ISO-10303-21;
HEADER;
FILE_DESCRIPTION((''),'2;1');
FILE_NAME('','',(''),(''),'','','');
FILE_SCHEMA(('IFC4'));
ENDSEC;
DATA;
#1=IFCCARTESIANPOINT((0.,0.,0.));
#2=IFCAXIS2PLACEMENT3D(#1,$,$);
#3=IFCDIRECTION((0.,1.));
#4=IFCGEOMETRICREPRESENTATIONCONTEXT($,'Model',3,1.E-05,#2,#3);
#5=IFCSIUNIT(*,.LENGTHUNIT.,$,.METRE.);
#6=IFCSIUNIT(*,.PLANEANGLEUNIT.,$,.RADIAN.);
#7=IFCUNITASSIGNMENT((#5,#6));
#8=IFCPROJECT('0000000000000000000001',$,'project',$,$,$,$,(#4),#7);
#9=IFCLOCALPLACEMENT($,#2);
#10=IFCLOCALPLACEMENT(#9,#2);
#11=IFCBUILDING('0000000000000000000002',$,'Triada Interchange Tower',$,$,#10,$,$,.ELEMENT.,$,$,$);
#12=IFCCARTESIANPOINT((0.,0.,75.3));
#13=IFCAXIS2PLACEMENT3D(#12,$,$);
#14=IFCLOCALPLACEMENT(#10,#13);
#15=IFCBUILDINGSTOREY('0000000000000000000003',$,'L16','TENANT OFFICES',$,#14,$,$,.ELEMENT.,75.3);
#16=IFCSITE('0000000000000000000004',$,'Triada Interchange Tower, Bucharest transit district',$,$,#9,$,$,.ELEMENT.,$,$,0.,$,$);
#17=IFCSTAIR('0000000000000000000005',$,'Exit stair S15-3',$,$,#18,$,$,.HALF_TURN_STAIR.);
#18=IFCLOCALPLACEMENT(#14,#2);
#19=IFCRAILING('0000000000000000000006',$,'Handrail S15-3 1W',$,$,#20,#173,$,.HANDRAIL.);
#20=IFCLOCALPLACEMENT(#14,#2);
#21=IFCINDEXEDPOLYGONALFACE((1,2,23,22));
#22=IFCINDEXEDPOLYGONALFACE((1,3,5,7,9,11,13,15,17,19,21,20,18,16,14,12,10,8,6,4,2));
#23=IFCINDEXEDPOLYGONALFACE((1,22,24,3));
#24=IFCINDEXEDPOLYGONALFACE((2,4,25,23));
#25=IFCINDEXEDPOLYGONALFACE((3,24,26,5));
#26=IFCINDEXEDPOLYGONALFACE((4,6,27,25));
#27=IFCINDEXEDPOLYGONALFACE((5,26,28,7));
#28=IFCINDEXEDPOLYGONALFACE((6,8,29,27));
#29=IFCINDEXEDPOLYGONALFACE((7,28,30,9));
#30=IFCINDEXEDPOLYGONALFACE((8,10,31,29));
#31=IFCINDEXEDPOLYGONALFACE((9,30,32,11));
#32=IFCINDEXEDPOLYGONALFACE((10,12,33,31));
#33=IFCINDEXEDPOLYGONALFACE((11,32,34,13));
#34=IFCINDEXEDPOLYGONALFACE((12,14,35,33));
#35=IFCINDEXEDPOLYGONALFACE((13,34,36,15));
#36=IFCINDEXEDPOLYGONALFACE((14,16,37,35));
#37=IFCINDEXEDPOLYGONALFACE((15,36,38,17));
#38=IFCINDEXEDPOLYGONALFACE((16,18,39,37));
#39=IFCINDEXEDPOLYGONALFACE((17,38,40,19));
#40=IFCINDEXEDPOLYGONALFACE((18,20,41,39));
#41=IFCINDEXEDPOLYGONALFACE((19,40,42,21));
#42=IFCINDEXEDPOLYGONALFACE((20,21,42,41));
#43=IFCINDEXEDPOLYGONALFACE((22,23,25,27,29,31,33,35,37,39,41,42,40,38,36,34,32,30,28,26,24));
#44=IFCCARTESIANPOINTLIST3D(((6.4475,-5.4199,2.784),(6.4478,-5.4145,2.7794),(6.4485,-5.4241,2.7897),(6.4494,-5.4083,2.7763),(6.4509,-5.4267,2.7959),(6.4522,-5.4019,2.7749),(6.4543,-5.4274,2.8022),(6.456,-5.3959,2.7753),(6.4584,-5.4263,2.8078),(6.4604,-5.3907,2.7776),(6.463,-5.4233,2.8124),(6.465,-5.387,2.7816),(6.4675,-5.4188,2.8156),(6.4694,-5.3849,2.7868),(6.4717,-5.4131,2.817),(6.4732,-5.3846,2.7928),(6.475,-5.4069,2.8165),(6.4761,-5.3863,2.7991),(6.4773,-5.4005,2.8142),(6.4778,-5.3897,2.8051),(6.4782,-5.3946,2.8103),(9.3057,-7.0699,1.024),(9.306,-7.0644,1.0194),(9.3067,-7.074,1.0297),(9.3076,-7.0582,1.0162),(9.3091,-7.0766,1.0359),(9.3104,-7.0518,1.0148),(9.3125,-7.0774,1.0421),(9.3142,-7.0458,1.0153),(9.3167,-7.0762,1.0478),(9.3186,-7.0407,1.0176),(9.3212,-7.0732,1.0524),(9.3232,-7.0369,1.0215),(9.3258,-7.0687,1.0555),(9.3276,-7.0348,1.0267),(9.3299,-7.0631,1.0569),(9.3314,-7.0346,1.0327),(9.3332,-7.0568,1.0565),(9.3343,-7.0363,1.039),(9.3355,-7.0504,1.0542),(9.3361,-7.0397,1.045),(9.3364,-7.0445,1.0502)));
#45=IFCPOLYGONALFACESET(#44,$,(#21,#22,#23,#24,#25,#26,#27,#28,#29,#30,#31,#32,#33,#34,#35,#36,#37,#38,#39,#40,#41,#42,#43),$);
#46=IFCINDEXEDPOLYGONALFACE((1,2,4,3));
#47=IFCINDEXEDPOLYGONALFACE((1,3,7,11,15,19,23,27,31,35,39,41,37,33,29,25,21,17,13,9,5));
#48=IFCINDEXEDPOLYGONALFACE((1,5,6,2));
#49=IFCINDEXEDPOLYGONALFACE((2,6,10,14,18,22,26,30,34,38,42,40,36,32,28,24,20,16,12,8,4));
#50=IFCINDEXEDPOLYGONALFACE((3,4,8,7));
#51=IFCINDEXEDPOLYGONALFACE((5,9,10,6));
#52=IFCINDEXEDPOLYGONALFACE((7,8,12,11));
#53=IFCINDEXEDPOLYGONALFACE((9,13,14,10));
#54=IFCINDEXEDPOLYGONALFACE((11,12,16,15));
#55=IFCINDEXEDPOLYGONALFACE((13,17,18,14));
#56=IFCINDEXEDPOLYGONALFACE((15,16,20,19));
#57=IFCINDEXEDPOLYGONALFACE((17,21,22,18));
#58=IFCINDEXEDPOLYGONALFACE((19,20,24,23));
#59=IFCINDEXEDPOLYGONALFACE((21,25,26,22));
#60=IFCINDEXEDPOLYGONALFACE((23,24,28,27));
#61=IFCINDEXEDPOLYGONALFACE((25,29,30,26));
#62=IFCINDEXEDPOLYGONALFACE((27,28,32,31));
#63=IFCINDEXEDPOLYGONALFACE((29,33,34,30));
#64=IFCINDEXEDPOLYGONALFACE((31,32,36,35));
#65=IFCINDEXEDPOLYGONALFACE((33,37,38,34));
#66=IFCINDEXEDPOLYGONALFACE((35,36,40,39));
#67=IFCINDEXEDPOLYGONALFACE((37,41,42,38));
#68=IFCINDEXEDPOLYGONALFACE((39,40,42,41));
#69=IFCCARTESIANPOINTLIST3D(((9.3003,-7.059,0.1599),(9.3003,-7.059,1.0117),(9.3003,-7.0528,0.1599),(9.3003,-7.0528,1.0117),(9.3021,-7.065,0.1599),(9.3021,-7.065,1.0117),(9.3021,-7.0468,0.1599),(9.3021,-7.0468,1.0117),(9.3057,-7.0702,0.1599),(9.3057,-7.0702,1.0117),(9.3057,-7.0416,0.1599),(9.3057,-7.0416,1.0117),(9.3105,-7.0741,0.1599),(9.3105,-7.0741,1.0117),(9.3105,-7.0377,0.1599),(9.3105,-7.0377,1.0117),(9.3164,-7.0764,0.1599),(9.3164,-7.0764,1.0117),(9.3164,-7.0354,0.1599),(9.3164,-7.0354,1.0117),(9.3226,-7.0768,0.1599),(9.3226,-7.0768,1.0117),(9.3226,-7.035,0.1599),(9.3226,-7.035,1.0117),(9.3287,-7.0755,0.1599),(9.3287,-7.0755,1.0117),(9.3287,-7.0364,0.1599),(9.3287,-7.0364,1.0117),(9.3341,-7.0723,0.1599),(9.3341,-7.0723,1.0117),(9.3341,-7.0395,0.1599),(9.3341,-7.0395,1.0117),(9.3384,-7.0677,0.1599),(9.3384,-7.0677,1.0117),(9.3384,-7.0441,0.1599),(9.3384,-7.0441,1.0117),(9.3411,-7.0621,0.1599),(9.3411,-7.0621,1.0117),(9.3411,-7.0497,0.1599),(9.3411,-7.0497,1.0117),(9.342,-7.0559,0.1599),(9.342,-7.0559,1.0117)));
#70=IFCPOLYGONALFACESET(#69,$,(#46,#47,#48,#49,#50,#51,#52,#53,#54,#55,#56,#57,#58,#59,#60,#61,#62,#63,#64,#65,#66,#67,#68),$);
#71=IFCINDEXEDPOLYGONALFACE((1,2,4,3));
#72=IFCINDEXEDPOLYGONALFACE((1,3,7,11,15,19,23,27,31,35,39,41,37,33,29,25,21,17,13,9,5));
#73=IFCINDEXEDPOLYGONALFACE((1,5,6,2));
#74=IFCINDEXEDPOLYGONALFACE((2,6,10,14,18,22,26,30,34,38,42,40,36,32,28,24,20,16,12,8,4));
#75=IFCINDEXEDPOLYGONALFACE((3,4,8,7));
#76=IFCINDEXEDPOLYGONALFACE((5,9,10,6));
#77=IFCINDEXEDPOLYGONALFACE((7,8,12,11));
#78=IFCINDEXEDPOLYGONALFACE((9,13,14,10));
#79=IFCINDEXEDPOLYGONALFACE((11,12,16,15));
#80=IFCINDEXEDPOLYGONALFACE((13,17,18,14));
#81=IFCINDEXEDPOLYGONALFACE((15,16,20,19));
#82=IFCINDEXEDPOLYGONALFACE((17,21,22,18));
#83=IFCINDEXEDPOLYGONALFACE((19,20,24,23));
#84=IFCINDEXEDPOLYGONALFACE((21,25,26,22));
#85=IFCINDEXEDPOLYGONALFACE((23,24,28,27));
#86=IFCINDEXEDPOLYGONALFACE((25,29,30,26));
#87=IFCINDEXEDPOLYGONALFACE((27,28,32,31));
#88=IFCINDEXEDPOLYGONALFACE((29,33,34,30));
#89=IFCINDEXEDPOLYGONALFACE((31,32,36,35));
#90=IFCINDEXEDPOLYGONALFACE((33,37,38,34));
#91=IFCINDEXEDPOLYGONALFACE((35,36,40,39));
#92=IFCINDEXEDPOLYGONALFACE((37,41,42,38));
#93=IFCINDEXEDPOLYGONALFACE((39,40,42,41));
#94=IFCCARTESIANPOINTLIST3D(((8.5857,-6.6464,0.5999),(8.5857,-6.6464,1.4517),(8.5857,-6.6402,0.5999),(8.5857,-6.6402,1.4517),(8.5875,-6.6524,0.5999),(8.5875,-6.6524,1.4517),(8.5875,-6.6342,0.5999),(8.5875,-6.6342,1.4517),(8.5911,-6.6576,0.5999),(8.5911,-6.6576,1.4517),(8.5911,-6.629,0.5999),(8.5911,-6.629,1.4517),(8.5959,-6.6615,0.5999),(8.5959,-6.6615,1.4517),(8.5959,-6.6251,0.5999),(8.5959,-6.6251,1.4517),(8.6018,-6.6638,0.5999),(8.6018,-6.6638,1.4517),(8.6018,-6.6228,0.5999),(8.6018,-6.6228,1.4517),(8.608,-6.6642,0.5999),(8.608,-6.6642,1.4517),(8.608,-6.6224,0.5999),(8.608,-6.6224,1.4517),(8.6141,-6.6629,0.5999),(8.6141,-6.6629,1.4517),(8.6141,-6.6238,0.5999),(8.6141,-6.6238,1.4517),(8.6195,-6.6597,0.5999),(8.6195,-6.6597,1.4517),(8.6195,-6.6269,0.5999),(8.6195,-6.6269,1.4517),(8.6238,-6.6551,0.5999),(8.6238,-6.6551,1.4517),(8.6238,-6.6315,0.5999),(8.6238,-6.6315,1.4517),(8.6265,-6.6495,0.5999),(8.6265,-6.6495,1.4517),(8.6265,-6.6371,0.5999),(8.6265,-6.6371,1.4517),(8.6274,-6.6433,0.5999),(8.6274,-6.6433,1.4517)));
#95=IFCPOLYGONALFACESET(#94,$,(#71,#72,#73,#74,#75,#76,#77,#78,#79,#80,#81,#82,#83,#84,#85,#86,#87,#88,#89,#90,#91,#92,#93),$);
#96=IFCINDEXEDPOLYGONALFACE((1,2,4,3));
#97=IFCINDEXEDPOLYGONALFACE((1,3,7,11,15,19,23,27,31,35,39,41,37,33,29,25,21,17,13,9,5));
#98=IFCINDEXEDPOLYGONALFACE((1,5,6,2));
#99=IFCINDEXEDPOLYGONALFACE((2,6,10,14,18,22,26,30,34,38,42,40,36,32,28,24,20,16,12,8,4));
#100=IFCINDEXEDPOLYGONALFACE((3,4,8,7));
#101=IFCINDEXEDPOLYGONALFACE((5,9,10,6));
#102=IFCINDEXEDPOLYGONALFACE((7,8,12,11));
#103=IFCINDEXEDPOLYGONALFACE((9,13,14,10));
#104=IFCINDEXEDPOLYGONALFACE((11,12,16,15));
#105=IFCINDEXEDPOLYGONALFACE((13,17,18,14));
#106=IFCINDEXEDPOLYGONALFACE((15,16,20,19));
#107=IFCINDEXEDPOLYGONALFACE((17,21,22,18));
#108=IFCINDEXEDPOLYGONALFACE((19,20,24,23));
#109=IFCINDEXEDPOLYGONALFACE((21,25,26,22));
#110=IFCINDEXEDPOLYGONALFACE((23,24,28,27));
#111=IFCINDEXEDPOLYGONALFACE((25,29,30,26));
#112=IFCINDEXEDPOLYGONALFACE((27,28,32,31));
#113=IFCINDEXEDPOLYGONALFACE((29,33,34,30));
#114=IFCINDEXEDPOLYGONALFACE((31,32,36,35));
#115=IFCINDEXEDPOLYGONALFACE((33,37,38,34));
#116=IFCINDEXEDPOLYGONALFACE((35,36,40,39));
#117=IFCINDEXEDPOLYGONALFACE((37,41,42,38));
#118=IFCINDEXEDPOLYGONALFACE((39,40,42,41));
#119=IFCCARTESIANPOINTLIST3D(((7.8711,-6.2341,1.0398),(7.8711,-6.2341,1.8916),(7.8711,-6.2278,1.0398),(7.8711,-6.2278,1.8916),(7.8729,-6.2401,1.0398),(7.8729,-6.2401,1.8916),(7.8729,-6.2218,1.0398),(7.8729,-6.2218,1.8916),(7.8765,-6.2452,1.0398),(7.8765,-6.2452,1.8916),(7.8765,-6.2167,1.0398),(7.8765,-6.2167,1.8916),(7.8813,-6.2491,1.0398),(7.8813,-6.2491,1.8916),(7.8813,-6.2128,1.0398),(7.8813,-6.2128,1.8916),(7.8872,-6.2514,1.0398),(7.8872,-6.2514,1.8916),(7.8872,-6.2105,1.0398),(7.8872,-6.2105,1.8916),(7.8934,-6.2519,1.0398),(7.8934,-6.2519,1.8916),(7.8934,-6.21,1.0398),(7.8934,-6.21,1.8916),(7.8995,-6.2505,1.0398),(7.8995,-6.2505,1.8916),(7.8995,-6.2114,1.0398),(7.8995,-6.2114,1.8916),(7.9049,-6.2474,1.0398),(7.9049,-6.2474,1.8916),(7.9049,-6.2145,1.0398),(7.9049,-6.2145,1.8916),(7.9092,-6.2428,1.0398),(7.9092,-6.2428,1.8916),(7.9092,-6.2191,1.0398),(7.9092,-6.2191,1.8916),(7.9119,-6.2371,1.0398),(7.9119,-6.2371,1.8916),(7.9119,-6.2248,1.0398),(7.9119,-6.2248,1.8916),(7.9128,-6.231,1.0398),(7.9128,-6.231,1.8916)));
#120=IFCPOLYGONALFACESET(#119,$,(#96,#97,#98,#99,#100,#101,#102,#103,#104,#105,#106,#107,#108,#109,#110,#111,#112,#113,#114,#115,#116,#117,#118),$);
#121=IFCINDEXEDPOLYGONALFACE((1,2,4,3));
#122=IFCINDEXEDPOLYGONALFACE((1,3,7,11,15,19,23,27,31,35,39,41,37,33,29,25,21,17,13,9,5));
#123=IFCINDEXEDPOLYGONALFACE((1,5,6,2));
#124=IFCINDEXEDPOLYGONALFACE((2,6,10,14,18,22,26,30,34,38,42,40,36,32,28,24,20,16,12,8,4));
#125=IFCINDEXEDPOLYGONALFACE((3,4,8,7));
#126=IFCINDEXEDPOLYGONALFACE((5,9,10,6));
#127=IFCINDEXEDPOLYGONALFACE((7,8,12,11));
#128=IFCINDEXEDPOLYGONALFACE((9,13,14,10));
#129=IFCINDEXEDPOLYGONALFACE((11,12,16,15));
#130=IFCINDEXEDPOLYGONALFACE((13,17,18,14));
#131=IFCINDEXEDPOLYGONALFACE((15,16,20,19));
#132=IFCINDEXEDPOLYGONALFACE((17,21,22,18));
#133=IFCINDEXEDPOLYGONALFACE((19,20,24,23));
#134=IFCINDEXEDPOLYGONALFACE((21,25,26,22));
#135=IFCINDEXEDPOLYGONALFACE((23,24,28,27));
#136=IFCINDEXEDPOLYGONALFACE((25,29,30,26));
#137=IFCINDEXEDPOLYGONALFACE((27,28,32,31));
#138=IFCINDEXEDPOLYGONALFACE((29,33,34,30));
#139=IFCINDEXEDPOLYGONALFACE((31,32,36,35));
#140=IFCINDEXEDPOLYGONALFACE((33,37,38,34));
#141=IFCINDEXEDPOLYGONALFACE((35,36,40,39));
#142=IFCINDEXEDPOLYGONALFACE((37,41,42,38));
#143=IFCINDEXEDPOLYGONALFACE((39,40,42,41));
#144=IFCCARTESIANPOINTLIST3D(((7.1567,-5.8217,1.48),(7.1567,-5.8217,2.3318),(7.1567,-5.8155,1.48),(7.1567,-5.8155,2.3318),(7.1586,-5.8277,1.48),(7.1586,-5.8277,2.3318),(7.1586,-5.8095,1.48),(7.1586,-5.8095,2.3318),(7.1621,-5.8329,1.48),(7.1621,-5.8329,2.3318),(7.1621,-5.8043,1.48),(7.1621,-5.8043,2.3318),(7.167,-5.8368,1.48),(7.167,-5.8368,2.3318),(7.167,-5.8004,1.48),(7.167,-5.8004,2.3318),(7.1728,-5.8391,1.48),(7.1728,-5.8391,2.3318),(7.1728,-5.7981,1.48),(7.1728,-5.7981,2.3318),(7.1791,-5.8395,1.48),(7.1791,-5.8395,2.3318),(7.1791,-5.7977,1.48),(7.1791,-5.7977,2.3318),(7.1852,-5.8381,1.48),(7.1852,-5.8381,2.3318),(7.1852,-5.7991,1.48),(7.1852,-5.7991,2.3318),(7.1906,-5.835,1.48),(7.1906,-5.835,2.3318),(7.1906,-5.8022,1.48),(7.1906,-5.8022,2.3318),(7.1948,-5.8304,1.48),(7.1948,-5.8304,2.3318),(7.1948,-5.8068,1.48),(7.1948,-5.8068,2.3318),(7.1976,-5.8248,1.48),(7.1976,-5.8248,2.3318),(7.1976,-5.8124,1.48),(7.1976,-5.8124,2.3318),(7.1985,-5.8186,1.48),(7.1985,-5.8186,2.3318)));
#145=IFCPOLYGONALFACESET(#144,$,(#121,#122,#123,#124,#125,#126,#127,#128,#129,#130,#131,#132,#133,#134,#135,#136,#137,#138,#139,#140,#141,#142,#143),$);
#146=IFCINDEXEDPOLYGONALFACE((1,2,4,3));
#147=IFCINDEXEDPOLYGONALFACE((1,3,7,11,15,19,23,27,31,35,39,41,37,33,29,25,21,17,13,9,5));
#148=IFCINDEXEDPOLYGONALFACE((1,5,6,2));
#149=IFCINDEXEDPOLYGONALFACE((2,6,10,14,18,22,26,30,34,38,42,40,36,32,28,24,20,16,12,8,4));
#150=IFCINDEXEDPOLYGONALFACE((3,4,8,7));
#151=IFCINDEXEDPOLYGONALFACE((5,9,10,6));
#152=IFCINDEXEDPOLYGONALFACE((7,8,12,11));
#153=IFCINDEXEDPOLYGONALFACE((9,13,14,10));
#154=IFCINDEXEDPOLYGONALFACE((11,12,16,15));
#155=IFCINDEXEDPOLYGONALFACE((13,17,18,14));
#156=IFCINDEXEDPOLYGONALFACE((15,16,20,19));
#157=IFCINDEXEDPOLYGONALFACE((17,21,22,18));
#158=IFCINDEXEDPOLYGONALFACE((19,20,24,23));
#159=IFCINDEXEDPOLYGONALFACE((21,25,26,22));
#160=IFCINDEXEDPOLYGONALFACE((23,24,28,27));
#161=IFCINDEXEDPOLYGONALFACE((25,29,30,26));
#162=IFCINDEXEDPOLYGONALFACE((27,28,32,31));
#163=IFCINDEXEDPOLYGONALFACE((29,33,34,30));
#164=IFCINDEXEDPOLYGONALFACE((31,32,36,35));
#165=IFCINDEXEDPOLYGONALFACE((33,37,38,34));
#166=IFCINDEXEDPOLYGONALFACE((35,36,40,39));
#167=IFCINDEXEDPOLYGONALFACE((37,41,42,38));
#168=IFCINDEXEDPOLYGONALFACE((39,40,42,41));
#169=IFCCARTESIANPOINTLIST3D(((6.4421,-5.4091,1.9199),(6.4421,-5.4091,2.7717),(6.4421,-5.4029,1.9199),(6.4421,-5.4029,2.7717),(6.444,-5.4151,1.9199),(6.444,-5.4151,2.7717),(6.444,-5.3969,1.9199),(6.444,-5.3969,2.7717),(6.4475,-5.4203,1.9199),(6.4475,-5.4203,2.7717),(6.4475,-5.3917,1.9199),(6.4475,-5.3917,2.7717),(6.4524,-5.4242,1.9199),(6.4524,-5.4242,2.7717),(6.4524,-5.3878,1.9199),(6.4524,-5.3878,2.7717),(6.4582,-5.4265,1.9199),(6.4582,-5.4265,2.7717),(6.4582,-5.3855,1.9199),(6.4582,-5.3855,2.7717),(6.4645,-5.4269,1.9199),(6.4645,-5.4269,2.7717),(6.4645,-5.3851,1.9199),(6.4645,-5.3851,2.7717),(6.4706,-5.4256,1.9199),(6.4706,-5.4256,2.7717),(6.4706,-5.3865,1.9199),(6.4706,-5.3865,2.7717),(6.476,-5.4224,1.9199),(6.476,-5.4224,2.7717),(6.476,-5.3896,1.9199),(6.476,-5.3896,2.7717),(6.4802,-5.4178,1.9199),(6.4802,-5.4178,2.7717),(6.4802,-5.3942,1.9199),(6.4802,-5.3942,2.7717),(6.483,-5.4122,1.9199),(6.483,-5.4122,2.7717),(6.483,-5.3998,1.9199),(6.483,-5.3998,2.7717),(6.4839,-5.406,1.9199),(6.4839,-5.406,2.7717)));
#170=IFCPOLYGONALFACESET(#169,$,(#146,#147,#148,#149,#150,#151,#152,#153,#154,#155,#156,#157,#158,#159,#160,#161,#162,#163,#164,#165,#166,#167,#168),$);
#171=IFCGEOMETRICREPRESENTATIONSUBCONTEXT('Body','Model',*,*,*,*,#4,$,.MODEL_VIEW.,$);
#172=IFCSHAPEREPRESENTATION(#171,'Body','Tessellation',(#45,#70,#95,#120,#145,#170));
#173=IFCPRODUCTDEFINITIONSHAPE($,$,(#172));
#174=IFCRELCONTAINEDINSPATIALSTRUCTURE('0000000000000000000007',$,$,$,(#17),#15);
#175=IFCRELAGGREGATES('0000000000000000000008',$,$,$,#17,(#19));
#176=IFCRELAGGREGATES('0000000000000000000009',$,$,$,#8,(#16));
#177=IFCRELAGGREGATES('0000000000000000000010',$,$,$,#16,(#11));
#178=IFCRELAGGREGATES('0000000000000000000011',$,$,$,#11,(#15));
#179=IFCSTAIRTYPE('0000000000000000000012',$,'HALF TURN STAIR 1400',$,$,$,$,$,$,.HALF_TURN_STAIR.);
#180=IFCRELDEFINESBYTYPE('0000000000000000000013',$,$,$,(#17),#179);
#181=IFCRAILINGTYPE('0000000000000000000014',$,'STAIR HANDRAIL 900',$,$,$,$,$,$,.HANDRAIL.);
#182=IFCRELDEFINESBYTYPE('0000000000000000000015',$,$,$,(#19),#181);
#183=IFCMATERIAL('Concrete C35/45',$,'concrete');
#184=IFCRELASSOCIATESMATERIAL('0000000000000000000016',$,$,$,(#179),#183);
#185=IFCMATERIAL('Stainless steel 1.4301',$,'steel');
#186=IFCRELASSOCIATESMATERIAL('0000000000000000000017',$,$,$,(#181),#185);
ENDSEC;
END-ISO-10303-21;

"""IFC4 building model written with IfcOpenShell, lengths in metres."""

from ifc_helpers import new_model, si_unit, direction, frame, origin, origin_2d, place, context, subcontext, project, spatial, circle, extrude, material, type_object, element, aggregate, save


model = new_model("IFC4")

# Units and contexts
model_context = context("Model", 3, precision=1e-05, world=origin(), true_north=direction((0.0, 1.0)))
body_context = subcontext(model_context, "Body", "Model", "MODEL_VIEW")
ifc_project = project(units=[si_unit("LENGTHUNIT", "METRE"), si_unit("PLANEANGLEUNIT", "RADIAN")], contexts=[model_context])

# Site, building, storey
site_placement = place(None, origin())
site = spatial("IfcSite", under=ifc_project, at=site_placement, Name="Triada Interchange Tower, Bucharest transit district", CompositionType="ELEMENT", RefElevation=0.0)
building_placement = place(site_placement, origin())
building = spatial("IfcBuilding", under=site, at=building_placement, Name="Triada Interchange Tower", CompositionType="ELEMENT")
storey_placement = place(building_placement, frame((0.0, 0.0, 75.3)))
storey = spatial("IfcBuildingStorey", under=building, at=storey_placement, Name="L16", Description="TENANT OFFICES", CompositionType="ELEMENT", Elevation=75.3)

# Stair, railing
ifc_material_1 = material(Name="Concrete C35/45", Category="concrete")
stair_type = type_object("IfcStairType", Name="HALF TURN STAIR 1400", PredefinedType="HALF_TURN_STAIR", material=ifc_material_1)
stair_placement = place(storey_placement, origin())
stair = element("IfcStair", 1, at=stair_placement, inside=storey, type_object=stair_type, Name="Exit stair S15-3", PredefinedType="HALF_TURN_STAIR")
ifc_material_2 = material(Name="Stainless steel 1.4301", Category="steel")
railing_type = type_object("IfcRailingType", Name="STAIR HANDRAIL 900", PredefinedType="HANDRAIL", material=ifc_material_2)
railing_1_placement = place(storey_placement, frame((9.321, -7.0559, 0.1599)))
railing_1 = element("IfcRailing", 2, at=railing_1_placement, type_object=railing_type, Name="Handrail S15-3 1W", PredefinedType="HANDRAIL", context=body_context, shape_type="SweptSolid", body=[
    extrude(circle(Radius=0.0239, at=origin_2d()), frame((0.0, 0.0, 0.876), z_axis=(-0.764178, 0.441131, 0.47057), x_axis=(-0.499942, -0.866059, 0.0)), (0.0, 0.0, 1.0), 3.7402),
    extrude(circle(Radius=0.021, at=origin_2d()), origin(), (0.0, 0.0, 1.0), 0.8518),
    extrude(circle(Radius=0.021, at=origin_2d()), frame((-0.7146, 0.4126, 0.4399)), (0.0, 0.0, 1.0), 0.8518),
    extrude(circle(Radius=0.021, at=origin_2d()), frame((-1.4292, 0.825, 0.8799)), (0.0, 0.0, 1.0), 0.8518),
    extrude(circle(Radius=0.021, at=origin_2d()), frame((-2.1436, 1.2373, 1.3201)), (0.0, 0.0, 1.0), 0.8518),
    extrude(circle(Radius=0.021, at=origin_2d()), frame((-2.8582, 1.6499, 1.76)), (0.0, 0.0, 1.0), 0.8518),
])
aggregate(stair, [railing_1])

save(model, "model.ifc")
